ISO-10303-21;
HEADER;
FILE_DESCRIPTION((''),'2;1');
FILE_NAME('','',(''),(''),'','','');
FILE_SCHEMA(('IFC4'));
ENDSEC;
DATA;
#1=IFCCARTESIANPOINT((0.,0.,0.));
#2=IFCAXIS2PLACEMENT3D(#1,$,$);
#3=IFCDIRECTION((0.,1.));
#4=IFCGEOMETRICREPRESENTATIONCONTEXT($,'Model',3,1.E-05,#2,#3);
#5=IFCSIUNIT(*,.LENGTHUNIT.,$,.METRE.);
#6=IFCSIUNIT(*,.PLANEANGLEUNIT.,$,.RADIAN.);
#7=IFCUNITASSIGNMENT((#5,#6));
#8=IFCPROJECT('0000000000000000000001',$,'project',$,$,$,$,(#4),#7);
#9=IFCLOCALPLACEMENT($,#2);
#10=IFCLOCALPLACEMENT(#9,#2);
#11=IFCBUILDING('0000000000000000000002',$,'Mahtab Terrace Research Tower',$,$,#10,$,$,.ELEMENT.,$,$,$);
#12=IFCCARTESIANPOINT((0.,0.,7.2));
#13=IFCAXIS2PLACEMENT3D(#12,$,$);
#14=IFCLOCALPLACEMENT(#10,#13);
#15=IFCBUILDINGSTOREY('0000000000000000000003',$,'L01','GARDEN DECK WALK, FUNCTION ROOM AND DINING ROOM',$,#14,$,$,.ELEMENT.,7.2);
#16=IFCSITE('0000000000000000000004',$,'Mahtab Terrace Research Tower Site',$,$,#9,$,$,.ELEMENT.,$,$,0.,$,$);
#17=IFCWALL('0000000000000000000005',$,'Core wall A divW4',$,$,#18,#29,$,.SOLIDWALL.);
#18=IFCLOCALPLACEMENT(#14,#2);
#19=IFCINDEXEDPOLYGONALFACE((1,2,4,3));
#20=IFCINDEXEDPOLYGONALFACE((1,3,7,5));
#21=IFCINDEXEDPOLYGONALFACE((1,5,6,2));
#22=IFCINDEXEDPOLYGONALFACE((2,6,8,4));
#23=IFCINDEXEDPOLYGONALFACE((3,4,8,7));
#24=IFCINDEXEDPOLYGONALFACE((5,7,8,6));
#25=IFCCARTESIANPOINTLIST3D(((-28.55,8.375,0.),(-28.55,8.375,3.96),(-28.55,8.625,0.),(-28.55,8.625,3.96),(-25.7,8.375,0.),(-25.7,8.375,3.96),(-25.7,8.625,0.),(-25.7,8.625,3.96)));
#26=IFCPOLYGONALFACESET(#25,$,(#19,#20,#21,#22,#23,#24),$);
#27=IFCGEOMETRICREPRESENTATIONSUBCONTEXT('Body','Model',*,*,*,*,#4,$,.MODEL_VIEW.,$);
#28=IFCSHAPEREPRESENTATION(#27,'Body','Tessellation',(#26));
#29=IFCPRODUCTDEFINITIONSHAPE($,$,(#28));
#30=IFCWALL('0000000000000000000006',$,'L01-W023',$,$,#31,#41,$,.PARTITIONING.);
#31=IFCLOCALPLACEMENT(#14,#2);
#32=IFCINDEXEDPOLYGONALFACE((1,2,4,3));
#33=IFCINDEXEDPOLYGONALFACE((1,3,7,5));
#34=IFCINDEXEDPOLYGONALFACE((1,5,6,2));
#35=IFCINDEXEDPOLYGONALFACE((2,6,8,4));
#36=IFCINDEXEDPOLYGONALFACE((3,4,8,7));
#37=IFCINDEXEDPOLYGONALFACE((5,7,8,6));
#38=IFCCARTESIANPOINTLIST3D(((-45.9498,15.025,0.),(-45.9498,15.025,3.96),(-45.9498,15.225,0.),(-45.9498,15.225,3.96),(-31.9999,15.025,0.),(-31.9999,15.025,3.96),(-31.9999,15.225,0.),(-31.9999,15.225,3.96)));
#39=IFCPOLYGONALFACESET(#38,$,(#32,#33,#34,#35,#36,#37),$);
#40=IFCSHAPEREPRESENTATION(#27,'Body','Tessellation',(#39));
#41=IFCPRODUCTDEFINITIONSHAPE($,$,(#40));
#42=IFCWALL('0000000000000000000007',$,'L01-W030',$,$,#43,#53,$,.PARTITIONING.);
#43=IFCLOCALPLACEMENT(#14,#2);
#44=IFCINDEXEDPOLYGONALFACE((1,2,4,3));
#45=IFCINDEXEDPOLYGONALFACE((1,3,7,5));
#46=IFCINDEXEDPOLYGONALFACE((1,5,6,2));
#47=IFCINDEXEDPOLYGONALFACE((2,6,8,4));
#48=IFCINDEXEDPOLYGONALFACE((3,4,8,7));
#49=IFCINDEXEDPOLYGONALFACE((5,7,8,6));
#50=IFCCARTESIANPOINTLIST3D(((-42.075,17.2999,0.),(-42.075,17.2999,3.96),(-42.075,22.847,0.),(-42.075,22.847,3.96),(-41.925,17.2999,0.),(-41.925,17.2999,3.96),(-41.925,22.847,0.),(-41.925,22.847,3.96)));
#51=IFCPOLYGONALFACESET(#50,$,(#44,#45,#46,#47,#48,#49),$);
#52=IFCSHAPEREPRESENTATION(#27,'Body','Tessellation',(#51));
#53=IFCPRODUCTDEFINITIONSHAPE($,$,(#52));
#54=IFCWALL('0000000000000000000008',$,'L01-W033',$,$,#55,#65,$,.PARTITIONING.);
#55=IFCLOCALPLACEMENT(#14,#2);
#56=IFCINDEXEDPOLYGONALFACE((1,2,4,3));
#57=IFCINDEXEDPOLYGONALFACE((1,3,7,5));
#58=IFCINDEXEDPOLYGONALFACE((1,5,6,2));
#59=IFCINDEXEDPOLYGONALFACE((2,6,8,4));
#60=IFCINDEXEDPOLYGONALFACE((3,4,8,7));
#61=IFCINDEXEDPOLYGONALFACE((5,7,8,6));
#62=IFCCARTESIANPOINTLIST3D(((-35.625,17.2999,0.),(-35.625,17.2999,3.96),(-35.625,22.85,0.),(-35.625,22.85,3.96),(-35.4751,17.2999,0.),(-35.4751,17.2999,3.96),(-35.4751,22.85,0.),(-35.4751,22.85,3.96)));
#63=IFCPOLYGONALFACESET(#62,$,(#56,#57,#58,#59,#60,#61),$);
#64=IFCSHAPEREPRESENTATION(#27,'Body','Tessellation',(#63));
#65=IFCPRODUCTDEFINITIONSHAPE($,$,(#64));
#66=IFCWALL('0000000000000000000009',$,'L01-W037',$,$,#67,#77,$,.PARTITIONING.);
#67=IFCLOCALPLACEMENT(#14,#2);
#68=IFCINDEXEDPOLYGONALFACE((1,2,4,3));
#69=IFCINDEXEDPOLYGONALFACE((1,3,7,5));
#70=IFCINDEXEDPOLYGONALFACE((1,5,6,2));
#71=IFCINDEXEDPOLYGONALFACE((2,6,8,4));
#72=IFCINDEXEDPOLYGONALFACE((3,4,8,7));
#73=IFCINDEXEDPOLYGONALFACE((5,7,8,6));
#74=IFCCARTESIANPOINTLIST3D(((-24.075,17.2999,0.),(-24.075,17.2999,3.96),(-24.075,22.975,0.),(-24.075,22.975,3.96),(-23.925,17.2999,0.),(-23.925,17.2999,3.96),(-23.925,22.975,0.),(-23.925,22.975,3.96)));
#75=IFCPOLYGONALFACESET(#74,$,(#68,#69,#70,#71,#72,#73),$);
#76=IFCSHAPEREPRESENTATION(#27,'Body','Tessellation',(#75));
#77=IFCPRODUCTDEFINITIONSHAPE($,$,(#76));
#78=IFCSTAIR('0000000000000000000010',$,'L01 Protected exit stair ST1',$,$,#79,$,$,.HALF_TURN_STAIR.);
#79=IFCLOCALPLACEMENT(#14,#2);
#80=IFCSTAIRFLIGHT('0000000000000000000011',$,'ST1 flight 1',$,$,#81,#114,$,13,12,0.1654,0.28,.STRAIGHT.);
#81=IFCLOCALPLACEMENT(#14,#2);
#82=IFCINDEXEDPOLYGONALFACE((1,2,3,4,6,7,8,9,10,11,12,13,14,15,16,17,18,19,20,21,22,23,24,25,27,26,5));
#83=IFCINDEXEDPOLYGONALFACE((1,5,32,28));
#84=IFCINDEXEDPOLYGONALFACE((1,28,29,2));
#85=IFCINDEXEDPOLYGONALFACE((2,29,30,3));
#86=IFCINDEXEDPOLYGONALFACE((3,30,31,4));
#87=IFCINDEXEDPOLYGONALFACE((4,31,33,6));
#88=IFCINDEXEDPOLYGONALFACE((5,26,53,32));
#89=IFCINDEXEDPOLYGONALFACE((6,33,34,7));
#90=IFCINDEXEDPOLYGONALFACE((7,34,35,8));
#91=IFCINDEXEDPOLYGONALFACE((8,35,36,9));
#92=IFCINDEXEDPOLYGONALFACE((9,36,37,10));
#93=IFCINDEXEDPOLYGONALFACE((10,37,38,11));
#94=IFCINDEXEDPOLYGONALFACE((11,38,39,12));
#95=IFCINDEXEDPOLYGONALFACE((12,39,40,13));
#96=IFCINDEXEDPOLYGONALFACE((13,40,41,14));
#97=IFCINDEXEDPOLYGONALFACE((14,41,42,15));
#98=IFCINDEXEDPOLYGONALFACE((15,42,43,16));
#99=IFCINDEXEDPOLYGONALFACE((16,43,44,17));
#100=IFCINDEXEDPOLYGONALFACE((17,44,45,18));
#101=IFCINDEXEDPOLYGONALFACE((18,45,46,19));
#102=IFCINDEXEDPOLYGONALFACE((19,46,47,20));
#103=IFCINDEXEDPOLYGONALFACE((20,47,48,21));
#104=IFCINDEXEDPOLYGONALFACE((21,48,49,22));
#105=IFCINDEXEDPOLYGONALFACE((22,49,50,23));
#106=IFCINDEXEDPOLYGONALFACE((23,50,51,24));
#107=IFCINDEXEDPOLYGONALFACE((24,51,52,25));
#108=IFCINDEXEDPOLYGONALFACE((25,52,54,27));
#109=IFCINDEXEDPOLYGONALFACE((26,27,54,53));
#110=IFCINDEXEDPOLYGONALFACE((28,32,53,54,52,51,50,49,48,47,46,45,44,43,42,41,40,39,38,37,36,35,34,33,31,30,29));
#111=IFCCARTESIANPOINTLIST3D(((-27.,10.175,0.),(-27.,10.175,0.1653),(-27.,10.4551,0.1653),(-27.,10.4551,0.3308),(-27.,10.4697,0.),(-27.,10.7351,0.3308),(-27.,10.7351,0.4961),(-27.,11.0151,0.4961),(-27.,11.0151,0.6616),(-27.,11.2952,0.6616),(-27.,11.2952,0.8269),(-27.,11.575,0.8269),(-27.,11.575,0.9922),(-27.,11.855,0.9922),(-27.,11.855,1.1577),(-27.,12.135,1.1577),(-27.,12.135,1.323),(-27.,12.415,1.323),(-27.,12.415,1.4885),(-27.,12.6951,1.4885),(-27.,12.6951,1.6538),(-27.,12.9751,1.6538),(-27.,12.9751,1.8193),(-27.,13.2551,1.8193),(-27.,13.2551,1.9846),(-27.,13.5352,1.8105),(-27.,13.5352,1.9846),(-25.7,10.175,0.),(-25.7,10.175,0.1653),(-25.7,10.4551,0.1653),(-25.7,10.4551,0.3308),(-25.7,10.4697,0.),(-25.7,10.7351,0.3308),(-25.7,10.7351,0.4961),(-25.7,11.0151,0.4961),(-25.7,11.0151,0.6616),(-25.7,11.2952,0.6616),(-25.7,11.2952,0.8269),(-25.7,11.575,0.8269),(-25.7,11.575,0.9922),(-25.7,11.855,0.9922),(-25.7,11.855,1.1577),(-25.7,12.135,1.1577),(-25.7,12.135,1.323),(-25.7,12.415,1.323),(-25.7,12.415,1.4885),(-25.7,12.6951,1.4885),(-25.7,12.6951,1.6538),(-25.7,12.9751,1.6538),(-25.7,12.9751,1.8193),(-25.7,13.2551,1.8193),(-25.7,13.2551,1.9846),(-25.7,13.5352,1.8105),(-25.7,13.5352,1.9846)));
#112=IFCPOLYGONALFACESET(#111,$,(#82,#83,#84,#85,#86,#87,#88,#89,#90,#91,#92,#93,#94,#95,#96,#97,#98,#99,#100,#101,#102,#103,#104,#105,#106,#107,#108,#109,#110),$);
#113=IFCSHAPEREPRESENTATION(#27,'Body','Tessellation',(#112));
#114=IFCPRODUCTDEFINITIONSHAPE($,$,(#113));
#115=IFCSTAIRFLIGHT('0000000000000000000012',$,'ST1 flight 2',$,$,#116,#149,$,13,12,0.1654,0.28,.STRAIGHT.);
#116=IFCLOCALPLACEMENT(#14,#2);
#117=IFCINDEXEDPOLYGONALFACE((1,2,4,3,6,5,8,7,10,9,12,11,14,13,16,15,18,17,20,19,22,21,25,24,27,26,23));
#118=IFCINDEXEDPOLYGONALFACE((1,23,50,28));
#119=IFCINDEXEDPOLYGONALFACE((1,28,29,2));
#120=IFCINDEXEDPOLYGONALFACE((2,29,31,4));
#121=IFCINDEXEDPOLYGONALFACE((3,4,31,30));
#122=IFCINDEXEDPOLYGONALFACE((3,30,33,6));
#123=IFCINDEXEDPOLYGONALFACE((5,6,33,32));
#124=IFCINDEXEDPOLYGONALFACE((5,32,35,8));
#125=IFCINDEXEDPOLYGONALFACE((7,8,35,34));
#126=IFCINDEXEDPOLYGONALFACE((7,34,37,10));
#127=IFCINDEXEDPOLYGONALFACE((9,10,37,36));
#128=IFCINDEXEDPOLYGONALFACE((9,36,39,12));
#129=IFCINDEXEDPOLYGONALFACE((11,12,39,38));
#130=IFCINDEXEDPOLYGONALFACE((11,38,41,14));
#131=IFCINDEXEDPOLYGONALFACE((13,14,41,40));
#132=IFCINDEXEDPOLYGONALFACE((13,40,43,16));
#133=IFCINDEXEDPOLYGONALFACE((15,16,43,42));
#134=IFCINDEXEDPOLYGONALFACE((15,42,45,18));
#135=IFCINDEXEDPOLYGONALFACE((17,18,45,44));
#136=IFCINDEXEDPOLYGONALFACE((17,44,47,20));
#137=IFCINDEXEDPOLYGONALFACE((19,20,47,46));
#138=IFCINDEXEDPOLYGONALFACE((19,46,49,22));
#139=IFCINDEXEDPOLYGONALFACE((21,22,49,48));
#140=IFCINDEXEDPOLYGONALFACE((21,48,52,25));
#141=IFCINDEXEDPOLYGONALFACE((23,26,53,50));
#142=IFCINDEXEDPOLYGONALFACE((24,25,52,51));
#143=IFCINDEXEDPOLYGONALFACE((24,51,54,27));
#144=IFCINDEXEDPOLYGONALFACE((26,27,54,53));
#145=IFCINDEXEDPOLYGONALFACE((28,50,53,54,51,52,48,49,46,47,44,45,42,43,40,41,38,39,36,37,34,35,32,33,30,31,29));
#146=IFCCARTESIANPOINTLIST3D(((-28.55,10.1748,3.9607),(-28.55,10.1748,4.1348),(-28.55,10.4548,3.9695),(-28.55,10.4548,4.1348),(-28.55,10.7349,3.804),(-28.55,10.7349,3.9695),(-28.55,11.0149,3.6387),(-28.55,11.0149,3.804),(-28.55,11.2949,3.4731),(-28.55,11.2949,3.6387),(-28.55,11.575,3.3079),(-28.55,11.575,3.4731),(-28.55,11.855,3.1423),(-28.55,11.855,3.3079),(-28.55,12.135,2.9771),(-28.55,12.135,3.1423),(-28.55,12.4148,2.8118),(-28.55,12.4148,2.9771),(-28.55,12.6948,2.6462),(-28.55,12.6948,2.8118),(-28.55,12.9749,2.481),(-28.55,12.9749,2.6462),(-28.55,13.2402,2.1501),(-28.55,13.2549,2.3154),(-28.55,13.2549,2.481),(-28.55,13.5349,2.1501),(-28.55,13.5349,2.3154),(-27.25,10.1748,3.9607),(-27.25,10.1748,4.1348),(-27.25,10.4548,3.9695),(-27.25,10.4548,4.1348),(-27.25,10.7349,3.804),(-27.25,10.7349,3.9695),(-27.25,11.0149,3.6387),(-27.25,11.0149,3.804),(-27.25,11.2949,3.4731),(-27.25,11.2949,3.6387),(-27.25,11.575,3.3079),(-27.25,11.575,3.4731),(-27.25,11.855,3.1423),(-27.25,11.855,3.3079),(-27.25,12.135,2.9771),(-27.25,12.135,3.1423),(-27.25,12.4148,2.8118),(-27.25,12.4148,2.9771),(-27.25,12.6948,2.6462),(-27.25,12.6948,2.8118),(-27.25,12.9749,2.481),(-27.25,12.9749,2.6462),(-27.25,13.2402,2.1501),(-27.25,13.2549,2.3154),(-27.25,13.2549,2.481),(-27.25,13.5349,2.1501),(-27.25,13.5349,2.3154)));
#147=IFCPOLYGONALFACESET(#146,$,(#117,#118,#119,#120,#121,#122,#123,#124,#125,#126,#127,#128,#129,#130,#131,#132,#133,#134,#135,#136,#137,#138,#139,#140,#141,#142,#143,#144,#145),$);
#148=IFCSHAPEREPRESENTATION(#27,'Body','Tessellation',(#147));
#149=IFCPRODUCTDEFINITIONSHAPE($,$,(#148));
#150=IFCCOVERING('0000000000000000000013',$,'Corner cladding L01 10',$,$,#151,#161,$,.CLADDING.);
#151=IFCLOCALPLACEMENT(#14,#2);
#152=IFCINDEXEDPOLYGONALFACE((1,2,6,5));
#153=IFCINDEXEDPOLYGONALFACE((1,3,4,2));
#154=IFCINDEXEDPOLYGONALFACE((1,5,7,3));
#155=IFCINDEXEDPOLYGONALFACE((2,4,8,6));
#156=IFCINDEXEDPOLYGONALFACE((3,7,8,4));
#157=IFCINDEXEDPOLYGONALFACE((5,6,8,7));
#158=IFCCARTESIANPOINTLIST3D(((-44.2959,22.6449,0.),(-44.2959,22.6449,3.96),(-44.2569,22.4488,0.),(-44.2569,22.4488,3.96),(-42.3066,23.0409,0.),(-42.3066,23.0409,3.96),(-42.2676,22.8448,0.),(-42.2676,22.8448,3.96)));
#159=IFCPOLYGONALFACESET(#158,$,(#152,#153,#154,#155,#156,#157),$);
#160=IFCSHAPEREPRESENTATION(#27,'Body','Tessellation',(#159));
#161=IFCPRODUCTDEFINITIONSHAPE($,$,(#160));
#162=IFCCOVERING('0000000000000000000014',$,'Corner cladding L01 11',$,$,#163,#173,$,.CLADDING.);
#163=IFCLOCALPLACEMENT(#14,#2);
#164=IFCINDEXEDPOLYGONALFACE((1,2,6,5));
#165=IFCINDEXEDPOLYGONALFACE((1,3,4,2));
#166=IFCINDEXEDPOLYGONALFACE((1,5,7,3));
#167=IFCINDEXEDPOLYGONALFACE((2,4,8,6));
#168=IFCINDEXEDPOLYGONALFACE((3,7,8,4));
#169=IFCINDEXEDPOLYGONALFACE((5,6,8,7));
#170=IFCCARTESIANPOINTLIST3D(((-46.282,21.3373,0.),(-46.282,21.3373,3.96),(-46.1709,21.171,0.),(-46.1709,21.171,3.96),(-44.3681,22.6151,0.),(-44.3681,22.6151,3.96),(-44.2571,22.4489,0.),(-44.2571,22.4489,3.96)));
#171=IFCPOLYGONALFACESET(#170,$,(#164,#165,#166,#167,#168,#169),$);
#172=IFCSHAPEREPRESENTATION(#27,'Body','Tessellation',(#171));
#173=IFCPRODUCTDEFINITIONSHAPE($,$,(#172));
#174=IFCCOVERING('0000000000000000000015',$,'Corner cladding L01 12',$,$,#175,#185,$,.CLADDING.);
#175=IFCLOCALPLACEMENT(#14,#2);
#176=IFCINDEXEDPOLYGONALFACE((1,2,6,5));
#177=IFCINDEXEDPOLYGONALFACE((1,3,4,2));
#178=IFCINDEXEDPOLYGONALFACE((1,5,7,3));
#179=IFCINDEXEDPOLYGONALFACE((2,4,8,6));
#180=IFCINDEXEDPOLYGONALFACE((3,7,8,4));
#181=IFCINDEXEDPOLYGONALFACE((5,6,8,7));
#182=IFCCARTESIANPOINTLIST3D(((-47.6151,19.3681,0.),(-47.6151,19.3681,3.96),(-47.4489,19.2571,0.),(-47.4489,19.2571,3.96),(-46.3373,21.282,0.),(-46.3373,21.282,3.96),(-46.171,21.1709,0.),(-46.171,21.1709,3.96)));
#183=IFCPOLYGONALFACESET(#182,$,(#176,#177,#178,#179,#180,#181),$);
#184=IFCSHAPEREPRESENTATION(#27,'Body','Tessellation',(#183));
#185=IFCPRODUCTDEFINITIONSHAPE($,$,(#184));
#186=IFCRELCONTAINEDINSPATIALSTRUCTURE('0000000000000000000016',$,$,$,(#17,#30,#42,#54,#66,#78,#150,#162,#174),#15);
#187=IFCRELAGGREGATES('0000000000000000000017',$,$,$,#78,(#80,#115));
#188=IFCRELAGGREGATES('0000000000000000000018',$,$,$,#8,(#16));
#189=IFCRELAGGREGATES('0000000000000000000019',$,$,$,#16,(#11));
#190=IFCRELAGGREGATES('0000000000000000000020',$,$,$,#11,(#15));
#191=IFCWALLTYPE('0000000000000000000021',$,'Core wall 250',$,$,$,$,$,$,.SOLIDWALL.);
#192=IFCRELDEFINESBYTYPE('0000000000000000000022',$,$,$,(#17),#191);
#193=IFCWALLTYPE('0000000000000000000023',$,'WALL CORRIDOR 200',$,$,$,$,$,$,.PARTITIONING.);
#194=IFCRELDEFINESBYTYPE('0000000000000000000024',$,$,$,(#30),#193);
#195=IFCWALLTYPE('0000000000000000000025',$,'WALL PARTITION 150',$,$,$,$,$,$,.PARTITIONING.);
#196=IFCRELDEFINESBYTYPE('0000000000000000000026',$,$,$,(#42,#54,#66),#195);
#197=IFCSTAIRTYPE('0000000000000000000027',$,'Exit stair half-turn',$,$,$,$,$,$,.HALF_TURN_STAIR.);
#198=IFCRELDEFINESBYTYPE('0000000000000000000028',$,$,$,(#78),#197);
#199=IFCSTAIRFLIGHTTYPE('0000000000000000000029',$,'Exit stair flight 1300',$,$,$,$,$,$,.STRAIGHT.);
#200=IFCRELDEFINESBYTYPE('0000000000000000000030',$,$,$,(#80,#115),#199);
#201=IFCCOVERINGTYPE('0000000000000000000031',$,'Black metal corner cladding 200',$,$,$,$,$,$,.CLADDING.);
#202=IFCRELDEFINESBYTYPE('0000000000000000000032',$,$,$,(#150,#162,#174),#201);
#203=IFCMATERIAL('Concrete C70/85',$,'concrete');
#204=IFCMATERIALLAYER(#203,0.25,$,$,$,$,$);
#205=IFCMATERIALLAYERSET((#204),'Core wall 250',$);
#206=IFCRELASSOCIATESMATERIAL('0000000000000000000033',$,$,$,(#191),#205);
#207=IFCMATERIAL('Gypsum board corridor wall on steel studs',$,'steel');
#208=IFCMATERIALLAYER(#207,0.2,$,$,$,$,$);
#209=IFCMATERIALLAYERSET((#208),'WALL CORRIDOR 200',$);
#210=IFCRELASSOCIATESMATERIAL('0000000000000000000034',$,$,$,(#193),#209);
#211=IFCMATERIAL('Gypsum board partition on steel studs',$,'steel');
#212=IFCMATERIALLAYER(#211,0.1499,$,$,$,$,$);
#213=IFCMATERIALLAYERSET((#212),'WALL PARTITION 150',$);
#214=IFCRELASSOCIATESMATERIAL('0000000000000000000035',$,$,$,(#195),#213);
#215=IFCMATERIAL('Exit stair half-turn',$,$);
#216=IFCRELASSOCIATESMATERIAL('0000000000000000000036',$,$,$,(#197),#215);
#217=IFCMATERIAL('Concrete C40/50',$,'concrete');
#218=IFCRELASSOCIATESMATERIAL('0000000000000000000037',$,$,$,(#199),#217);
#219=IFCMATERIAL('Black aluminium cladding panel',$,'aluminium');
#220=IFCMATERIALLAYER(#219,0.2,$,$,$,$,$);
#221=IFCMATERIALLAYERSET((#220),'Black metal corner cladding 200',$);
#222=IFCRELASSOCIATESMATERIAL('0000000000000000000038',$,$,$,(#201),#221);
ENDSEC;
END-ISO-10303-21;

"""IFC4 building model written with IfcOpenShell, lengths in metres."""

from ifc_helpers import new_model, si_unit, direction, frame, frame_2d, origin, origin_2d, place, context, subcontext, project, spatial, polyline, rectangle, outline, extrude, material, layer, layer_set, type_object, element, aggregate, save


model = new_model("IFC4")

# Units and contexts
model_context = context("Model", 3, precision=1e-05, world=origin(), true_north=direction((0.0, 1.0)))
body_context = subcontext(model_context, "Body", "Model", "MODEL_VIEW")
ifc_project = project(units=[si_unit("LENGTHUNIT", "METRE"), si_unit("PLANEANGLEUNIT", "RADIAN")], contexts=[model_context])

# Site, building, storey
site_placement = place(None, origin())
site = spatial("IfcSite", under=ifc_project, at=site_placement, Name="Mahtab Terrace Research Tower Site", CompositionType="ELEMENT", RefElevation=0.0)
building_placement = place(site_placement, origin())
building = spatial("IfcBuilding", under=site, at=building_placement, Name="Mahtab Terrace Research Tower", CompositionType="ELEMENT")
storey_placement = place(building_placement, frame((0.0, 0.0, 7.2)))
storey = spatial("IfcBuildingStorey", under=building, at=storey_placement, Name="L01", Description="GARDEN DECK WALK, FUNCTION ROOM AND DINING ROOM", CompositionType="ELEMENT", Elevation=7.2)

# Shared definitions
ifc_material_1 = material(Name="Concrete C70/85", Category="concrete")

# Shared definitions
ifc_layer_1 = layer(ifc_material_1, 0.25)
ifc_layer_set_1 = layer_set([ifc_layer_1], Name="Core wall 250")
wall_type_1 = type_object("IfcWallType", Name="Core wall 250", PredefinedType="SOLIDWALL", material=ifc_layer_set_1)

# Walls
for number, where, z_axis, x_axis, name in (
    (1, (-28.55, 8.5, 0.0), (0.0, 0.0, 1.0), (1.0, 0.0, 0.0), "Core wall A divW4"),
):
    element("IfcWall", number, at=place(storey_placement, frame(where, z_axis=z_axis, x_axis=x_axis)), inside=storey, type_object=wall_type_1, Name=name, PredefinedType="SOLIDWALL", context=body_context, shape_type="SweptSolid", body=[
        extrude(rectangle(XDim=2.8501, YDim=0.25, at=frame_2d((1.425, 0.0))), origin(), (0.0, 0.0, 1.0), 3.96),
    ])
ifc_material_2 = material(Name="Gypsum board corridor wall on steel studs", Category="steel")
ifc_layer_2 = layer(ifc_material_2, 0.2)
ifc_layer_set_2 = layer_set([ifc_layer_2], Name="WALL CORRIDOR 200")
wall_type_2 = type_object("IfcWallType", Name="WALL CORRIDOR 200", PredefinedType="PARTITIONING", material=ifc_layer_set_2)
wall_1_placement = place(storey_placement, frame((-45.95, 15.125, 0.0), z_axis=(0.0, 0.0, 1.0), x_axis=(1.0, 0.0, 0.0)))
element("IfcWall", 2, at=wall_1_placement, inside=storey, type_object=wall_type_2, Name="L01-W023", PredefinedType="PARTITIONING", context=body_context, shape_type="SweptSolid", body=[
    extrude(rectangle(XDim=13.95, YDim=0.2, at=frame_2d((6.9751, 0.0))), origin(), (0.0, 0.0, 1.0), 3.96),
])
ifc_material_3 = material(Name="Gypsum board partition on steel studs", Category="steel")
ifc_layer_3 = layer(ifc_material_3, 0.1499)
ifc_layer_set_3 = layer_set([ifc_layer_3], Name="WALL PARTITION 150")
wall_type_3 = type_object("IfcWallType", Name="WALL PARTITION 150", PredefinedType="PARTITIONING", material=ifc_layer_set_3)
wall_2_placement = place(storey_placement, frame((-42.0, 17.3, 0.0), z_axis=(0.0, 0.0, 1.0), x_axis=(0.0, 1.0, 0.0)))
element("IfcWall", 3, at=wall_2_placement, inside=storey, type_object=wall_type_3, Name="L01-W030", PredefinedType="PARTITIONING", context=body_context, shape_type="SweptSolid", body=[
    extrude(rectangle(XDim=5.5471, YDim=0.1499, at=frame_2d((2.7734, 0.0))), origin(), (0.0, 0.0, 1.0), 3.96),
])
wall_3_placement = place(storey_placement, frame((-35.55, 17.3, 0.0), z_axis=(0.0, 0.0, 1.0), x_axis=(0.0, 1.0, 0.0)))
element("IfcWall", 4, at=wall_3_placement, inside=storey, type_object=wall_type_3, Name="L01-W033", PredefinedType="PARTITIONING", context=body_context, shape_type="SweptSolid", body=[
    extrude(rectangle(XDim=5.55, YDim=0.1499, at=frame_2d((2.7749, 0.0))), origin(), (0.0, 0.0, 1.0), 3.96),
])
wall_4_placement = place(storey_placement, frame((-24.0, 17.3, 0.0), z_axis=(0.0, 0.0, 1.0), x_axis=(0.0, 1.0, 0.0)))
element("IfcWall", 5, at=wall_4_placement, inside=storey, type_object=wall_type_3, Name="L01-W037", PredefinedType="PARTITIONING", context=body_context, shape_type="SweptSolid", body=[
    extrude(rectangle(XDim=5.675, YDim=0.1499, at=frame_2d((2.8374, 0.0))), origin(), (0.0, 0.0, 1.0), 3.96),
])

# Stair, stair flights
ifc_material_4 = material(Name="Exit stair half-turn")
stair_type = type_object("IfcStairType", Name="Exit stair half-turn", PredefinedType="HALF_TURN_STAIR", material=ifc_material_4)
stair_placement = place(storey_placement, origin())
stair = element("IfcStair", 6, at=stair_placement, inside=storey, type_object=stair_type, Name="L01 Protected exit stair ST1", PredefinedType="HALF_TURN_STAIR")
ifc_material_5 = material(Name="Concrete C40/50", Category="concrete")
stair_flight_type = type_object("IfcStairFlightType", Name="Exit stair flight 1300", PredefinedType="STRAIGHT", material=ifc_material_5)
stair_flight_1_placement = place(storey_placement, frame((-26.3501, 10.175, 0.0), z_axis=(0.0, 0.0, 1.0), x_axis=(0.0, 1.0, 0.0)))
stair_flight_1 = element("IfcStairFlight", 7, at=stair_flight_1_placement, type_object=stair_flight_type, Name="ST1 flight 1", NumberOfRisers=13, NumberOfTreads=12, PredefinedType="STRAIGHT", RiserHeight=0.1654, TreadLength=0.28, context=body_context, shape_type="SweptSolid", body=[
    extrude(outline(polyline([(0.0, 0.0), (0.0, 0.1653), (0.28, 0.1653), (0.28, 0.3308), (0.5601, 0.3308), (0.5601, 0.4961), (0.8401, 0.4961), (0.8401, 0.6616), (1.1201, 0.6616), (1.1201, 0.8269), (1.3999, 0.8269), (1.3999, 0.9922), (1.6799, 0.9922), (1.6799, 1.1577), (1.96, 1.1577), (1.96, 1.323), (2.24, 1.323), (2.24, 1.4885), (2.52, 1.4885), (2.52, 1.6538), (2.8, 1.6538), (2.8, 1.8193), (3.0801, 1.8193), (3.0801, 1.9846), (3.3601, 1.9846), (3.3601, 2.1499), (3.3601, 1.8105), (0.2947, 0.0), (0.0, 0.0)])), frame((0.0, 0.6499, 0.0), z_axis=(0.0, -1.0, 0.0), x_axis=(1.0, 0.0, 0.0)), (0.0, 0.0, 1.0), 1.3),
])
stair_flight_2_placement = place(storey_placement, frame((-27.8999, 13.5349, 2.1501), z_axis=(0.0, 0.0, 1.0), x_axis=(0.0, -1.0, 0.0)))
stair_flight_2 = element("IfcStairFlight", 8, at=stair_flight_2_placement, type_object=stair_flight_type, Name="ST1 flight 2", NumberOfRisers=13, NumberOfTreads=12, PredefinedType="STRAIGHT", RiserHeight=0.1654, TreadLength=0.28, context=body_context, shape_type="SweptSolid", body=[
    extrude(outline(polyline([(0.0, 0.0), (0.0, 0.1653), (0.28, 0.1653), (0.28, 0.3308), (0.5601, 0.3308), (0.5601, 0.4961), (0.8401, 0.4961), (0.8401, 0.6616), (1.1201, 0.6616), (1.1201, 0.8269), (1.3999, 0.8269), (1.3999, 0.9922), (1.6799, 0.9922), (1.6799, 1.1577), (1.96, 1.1577), (1.96, 1.323), (2.24, 1.323), (2.24, 1.4885), (2.52, 1.4885), (2.52, 1.6538), (2.8, 1.6538), (2.8, 1.8193), (3.0801, 1.8193), (3.0801, 1.9846), (3.3601, 1.9846), (3.3601, 2.1499), (3.3601, 1.8105), (0.2947, 0.0), (0.0, 0.0)])), frame((0.0, 0.6499, 0.0), z_axis=(0.0, -1.0, 0.0), x_axis=(1.0, 0.0, 0.0)), (0.0, 0.0, 1.0), 1.3),
])
aggregate(stair, [stair_flight_1, stair_flight_2])

# Coverings
ifc_material_6 = material(Name="Black aluminium cladding panel", Category="aluminium")
ifc_layer_4 = layer(ifc_material_6, 0.2)
ifc_layer_set_4 = layer_set([ifc_layer_4], Name="Black metal corner cladding 200")
covering_type = type_object("IfcCoveringType", Name="Black metal corner cladding 200", PredefinedType="CLADDING", material=ifc_layer_set_4)
covering_placement = place(storey_placement, frame((-43.2817, 22.7449, 0.0), z_axis=(0.0, 0.0, 1.0), x_axis=(-0.980761, -0.195212, 0.0)))
element("IfcCovering", 9, at=covering_placement, inside=storey, type_object=covering_type, Name="Corner cladding L01 10", PredefinedType="CLADDING", context=body_context, shape_type="SweptSolid", body=[
    extrude(rectangle(XDim=2.0283, YDim=0.2, at=origin_2d()), origin(), (0.0, 0.0, 1.0), 3.96),
])
for number, where, z_axis, x_axis, name in (
    (10, (-45.2695, 21.8931, 0.0), (0.0, 0.0, 1.0), (-0.831656, -0.555291, 0.0), "Corner cladding L01 11"),
    (11, (-46.8931, 20.2695, 0.0), (0.0, 0.0, 1.0), (-0.555291, -0.831656, 0.0), "Corner cladding L01 12"),
):
    element("IfcCovering", number, at=place(storey_placement, frame(where, z_axis=z_axis, x_axis=x_axis)), inside=storey, type_object=covering_type, Name=name, PredefinedType="CLADDING", context=body_context, shape_type="SweptSolid", body=[
        extrude(rectangle(XDim=2.3013, YDim=0.2, at=origin_2d()), origin(), (0.0, 0.0, 1.0), 3.96),
    ])

save(model, "model.ifc")
